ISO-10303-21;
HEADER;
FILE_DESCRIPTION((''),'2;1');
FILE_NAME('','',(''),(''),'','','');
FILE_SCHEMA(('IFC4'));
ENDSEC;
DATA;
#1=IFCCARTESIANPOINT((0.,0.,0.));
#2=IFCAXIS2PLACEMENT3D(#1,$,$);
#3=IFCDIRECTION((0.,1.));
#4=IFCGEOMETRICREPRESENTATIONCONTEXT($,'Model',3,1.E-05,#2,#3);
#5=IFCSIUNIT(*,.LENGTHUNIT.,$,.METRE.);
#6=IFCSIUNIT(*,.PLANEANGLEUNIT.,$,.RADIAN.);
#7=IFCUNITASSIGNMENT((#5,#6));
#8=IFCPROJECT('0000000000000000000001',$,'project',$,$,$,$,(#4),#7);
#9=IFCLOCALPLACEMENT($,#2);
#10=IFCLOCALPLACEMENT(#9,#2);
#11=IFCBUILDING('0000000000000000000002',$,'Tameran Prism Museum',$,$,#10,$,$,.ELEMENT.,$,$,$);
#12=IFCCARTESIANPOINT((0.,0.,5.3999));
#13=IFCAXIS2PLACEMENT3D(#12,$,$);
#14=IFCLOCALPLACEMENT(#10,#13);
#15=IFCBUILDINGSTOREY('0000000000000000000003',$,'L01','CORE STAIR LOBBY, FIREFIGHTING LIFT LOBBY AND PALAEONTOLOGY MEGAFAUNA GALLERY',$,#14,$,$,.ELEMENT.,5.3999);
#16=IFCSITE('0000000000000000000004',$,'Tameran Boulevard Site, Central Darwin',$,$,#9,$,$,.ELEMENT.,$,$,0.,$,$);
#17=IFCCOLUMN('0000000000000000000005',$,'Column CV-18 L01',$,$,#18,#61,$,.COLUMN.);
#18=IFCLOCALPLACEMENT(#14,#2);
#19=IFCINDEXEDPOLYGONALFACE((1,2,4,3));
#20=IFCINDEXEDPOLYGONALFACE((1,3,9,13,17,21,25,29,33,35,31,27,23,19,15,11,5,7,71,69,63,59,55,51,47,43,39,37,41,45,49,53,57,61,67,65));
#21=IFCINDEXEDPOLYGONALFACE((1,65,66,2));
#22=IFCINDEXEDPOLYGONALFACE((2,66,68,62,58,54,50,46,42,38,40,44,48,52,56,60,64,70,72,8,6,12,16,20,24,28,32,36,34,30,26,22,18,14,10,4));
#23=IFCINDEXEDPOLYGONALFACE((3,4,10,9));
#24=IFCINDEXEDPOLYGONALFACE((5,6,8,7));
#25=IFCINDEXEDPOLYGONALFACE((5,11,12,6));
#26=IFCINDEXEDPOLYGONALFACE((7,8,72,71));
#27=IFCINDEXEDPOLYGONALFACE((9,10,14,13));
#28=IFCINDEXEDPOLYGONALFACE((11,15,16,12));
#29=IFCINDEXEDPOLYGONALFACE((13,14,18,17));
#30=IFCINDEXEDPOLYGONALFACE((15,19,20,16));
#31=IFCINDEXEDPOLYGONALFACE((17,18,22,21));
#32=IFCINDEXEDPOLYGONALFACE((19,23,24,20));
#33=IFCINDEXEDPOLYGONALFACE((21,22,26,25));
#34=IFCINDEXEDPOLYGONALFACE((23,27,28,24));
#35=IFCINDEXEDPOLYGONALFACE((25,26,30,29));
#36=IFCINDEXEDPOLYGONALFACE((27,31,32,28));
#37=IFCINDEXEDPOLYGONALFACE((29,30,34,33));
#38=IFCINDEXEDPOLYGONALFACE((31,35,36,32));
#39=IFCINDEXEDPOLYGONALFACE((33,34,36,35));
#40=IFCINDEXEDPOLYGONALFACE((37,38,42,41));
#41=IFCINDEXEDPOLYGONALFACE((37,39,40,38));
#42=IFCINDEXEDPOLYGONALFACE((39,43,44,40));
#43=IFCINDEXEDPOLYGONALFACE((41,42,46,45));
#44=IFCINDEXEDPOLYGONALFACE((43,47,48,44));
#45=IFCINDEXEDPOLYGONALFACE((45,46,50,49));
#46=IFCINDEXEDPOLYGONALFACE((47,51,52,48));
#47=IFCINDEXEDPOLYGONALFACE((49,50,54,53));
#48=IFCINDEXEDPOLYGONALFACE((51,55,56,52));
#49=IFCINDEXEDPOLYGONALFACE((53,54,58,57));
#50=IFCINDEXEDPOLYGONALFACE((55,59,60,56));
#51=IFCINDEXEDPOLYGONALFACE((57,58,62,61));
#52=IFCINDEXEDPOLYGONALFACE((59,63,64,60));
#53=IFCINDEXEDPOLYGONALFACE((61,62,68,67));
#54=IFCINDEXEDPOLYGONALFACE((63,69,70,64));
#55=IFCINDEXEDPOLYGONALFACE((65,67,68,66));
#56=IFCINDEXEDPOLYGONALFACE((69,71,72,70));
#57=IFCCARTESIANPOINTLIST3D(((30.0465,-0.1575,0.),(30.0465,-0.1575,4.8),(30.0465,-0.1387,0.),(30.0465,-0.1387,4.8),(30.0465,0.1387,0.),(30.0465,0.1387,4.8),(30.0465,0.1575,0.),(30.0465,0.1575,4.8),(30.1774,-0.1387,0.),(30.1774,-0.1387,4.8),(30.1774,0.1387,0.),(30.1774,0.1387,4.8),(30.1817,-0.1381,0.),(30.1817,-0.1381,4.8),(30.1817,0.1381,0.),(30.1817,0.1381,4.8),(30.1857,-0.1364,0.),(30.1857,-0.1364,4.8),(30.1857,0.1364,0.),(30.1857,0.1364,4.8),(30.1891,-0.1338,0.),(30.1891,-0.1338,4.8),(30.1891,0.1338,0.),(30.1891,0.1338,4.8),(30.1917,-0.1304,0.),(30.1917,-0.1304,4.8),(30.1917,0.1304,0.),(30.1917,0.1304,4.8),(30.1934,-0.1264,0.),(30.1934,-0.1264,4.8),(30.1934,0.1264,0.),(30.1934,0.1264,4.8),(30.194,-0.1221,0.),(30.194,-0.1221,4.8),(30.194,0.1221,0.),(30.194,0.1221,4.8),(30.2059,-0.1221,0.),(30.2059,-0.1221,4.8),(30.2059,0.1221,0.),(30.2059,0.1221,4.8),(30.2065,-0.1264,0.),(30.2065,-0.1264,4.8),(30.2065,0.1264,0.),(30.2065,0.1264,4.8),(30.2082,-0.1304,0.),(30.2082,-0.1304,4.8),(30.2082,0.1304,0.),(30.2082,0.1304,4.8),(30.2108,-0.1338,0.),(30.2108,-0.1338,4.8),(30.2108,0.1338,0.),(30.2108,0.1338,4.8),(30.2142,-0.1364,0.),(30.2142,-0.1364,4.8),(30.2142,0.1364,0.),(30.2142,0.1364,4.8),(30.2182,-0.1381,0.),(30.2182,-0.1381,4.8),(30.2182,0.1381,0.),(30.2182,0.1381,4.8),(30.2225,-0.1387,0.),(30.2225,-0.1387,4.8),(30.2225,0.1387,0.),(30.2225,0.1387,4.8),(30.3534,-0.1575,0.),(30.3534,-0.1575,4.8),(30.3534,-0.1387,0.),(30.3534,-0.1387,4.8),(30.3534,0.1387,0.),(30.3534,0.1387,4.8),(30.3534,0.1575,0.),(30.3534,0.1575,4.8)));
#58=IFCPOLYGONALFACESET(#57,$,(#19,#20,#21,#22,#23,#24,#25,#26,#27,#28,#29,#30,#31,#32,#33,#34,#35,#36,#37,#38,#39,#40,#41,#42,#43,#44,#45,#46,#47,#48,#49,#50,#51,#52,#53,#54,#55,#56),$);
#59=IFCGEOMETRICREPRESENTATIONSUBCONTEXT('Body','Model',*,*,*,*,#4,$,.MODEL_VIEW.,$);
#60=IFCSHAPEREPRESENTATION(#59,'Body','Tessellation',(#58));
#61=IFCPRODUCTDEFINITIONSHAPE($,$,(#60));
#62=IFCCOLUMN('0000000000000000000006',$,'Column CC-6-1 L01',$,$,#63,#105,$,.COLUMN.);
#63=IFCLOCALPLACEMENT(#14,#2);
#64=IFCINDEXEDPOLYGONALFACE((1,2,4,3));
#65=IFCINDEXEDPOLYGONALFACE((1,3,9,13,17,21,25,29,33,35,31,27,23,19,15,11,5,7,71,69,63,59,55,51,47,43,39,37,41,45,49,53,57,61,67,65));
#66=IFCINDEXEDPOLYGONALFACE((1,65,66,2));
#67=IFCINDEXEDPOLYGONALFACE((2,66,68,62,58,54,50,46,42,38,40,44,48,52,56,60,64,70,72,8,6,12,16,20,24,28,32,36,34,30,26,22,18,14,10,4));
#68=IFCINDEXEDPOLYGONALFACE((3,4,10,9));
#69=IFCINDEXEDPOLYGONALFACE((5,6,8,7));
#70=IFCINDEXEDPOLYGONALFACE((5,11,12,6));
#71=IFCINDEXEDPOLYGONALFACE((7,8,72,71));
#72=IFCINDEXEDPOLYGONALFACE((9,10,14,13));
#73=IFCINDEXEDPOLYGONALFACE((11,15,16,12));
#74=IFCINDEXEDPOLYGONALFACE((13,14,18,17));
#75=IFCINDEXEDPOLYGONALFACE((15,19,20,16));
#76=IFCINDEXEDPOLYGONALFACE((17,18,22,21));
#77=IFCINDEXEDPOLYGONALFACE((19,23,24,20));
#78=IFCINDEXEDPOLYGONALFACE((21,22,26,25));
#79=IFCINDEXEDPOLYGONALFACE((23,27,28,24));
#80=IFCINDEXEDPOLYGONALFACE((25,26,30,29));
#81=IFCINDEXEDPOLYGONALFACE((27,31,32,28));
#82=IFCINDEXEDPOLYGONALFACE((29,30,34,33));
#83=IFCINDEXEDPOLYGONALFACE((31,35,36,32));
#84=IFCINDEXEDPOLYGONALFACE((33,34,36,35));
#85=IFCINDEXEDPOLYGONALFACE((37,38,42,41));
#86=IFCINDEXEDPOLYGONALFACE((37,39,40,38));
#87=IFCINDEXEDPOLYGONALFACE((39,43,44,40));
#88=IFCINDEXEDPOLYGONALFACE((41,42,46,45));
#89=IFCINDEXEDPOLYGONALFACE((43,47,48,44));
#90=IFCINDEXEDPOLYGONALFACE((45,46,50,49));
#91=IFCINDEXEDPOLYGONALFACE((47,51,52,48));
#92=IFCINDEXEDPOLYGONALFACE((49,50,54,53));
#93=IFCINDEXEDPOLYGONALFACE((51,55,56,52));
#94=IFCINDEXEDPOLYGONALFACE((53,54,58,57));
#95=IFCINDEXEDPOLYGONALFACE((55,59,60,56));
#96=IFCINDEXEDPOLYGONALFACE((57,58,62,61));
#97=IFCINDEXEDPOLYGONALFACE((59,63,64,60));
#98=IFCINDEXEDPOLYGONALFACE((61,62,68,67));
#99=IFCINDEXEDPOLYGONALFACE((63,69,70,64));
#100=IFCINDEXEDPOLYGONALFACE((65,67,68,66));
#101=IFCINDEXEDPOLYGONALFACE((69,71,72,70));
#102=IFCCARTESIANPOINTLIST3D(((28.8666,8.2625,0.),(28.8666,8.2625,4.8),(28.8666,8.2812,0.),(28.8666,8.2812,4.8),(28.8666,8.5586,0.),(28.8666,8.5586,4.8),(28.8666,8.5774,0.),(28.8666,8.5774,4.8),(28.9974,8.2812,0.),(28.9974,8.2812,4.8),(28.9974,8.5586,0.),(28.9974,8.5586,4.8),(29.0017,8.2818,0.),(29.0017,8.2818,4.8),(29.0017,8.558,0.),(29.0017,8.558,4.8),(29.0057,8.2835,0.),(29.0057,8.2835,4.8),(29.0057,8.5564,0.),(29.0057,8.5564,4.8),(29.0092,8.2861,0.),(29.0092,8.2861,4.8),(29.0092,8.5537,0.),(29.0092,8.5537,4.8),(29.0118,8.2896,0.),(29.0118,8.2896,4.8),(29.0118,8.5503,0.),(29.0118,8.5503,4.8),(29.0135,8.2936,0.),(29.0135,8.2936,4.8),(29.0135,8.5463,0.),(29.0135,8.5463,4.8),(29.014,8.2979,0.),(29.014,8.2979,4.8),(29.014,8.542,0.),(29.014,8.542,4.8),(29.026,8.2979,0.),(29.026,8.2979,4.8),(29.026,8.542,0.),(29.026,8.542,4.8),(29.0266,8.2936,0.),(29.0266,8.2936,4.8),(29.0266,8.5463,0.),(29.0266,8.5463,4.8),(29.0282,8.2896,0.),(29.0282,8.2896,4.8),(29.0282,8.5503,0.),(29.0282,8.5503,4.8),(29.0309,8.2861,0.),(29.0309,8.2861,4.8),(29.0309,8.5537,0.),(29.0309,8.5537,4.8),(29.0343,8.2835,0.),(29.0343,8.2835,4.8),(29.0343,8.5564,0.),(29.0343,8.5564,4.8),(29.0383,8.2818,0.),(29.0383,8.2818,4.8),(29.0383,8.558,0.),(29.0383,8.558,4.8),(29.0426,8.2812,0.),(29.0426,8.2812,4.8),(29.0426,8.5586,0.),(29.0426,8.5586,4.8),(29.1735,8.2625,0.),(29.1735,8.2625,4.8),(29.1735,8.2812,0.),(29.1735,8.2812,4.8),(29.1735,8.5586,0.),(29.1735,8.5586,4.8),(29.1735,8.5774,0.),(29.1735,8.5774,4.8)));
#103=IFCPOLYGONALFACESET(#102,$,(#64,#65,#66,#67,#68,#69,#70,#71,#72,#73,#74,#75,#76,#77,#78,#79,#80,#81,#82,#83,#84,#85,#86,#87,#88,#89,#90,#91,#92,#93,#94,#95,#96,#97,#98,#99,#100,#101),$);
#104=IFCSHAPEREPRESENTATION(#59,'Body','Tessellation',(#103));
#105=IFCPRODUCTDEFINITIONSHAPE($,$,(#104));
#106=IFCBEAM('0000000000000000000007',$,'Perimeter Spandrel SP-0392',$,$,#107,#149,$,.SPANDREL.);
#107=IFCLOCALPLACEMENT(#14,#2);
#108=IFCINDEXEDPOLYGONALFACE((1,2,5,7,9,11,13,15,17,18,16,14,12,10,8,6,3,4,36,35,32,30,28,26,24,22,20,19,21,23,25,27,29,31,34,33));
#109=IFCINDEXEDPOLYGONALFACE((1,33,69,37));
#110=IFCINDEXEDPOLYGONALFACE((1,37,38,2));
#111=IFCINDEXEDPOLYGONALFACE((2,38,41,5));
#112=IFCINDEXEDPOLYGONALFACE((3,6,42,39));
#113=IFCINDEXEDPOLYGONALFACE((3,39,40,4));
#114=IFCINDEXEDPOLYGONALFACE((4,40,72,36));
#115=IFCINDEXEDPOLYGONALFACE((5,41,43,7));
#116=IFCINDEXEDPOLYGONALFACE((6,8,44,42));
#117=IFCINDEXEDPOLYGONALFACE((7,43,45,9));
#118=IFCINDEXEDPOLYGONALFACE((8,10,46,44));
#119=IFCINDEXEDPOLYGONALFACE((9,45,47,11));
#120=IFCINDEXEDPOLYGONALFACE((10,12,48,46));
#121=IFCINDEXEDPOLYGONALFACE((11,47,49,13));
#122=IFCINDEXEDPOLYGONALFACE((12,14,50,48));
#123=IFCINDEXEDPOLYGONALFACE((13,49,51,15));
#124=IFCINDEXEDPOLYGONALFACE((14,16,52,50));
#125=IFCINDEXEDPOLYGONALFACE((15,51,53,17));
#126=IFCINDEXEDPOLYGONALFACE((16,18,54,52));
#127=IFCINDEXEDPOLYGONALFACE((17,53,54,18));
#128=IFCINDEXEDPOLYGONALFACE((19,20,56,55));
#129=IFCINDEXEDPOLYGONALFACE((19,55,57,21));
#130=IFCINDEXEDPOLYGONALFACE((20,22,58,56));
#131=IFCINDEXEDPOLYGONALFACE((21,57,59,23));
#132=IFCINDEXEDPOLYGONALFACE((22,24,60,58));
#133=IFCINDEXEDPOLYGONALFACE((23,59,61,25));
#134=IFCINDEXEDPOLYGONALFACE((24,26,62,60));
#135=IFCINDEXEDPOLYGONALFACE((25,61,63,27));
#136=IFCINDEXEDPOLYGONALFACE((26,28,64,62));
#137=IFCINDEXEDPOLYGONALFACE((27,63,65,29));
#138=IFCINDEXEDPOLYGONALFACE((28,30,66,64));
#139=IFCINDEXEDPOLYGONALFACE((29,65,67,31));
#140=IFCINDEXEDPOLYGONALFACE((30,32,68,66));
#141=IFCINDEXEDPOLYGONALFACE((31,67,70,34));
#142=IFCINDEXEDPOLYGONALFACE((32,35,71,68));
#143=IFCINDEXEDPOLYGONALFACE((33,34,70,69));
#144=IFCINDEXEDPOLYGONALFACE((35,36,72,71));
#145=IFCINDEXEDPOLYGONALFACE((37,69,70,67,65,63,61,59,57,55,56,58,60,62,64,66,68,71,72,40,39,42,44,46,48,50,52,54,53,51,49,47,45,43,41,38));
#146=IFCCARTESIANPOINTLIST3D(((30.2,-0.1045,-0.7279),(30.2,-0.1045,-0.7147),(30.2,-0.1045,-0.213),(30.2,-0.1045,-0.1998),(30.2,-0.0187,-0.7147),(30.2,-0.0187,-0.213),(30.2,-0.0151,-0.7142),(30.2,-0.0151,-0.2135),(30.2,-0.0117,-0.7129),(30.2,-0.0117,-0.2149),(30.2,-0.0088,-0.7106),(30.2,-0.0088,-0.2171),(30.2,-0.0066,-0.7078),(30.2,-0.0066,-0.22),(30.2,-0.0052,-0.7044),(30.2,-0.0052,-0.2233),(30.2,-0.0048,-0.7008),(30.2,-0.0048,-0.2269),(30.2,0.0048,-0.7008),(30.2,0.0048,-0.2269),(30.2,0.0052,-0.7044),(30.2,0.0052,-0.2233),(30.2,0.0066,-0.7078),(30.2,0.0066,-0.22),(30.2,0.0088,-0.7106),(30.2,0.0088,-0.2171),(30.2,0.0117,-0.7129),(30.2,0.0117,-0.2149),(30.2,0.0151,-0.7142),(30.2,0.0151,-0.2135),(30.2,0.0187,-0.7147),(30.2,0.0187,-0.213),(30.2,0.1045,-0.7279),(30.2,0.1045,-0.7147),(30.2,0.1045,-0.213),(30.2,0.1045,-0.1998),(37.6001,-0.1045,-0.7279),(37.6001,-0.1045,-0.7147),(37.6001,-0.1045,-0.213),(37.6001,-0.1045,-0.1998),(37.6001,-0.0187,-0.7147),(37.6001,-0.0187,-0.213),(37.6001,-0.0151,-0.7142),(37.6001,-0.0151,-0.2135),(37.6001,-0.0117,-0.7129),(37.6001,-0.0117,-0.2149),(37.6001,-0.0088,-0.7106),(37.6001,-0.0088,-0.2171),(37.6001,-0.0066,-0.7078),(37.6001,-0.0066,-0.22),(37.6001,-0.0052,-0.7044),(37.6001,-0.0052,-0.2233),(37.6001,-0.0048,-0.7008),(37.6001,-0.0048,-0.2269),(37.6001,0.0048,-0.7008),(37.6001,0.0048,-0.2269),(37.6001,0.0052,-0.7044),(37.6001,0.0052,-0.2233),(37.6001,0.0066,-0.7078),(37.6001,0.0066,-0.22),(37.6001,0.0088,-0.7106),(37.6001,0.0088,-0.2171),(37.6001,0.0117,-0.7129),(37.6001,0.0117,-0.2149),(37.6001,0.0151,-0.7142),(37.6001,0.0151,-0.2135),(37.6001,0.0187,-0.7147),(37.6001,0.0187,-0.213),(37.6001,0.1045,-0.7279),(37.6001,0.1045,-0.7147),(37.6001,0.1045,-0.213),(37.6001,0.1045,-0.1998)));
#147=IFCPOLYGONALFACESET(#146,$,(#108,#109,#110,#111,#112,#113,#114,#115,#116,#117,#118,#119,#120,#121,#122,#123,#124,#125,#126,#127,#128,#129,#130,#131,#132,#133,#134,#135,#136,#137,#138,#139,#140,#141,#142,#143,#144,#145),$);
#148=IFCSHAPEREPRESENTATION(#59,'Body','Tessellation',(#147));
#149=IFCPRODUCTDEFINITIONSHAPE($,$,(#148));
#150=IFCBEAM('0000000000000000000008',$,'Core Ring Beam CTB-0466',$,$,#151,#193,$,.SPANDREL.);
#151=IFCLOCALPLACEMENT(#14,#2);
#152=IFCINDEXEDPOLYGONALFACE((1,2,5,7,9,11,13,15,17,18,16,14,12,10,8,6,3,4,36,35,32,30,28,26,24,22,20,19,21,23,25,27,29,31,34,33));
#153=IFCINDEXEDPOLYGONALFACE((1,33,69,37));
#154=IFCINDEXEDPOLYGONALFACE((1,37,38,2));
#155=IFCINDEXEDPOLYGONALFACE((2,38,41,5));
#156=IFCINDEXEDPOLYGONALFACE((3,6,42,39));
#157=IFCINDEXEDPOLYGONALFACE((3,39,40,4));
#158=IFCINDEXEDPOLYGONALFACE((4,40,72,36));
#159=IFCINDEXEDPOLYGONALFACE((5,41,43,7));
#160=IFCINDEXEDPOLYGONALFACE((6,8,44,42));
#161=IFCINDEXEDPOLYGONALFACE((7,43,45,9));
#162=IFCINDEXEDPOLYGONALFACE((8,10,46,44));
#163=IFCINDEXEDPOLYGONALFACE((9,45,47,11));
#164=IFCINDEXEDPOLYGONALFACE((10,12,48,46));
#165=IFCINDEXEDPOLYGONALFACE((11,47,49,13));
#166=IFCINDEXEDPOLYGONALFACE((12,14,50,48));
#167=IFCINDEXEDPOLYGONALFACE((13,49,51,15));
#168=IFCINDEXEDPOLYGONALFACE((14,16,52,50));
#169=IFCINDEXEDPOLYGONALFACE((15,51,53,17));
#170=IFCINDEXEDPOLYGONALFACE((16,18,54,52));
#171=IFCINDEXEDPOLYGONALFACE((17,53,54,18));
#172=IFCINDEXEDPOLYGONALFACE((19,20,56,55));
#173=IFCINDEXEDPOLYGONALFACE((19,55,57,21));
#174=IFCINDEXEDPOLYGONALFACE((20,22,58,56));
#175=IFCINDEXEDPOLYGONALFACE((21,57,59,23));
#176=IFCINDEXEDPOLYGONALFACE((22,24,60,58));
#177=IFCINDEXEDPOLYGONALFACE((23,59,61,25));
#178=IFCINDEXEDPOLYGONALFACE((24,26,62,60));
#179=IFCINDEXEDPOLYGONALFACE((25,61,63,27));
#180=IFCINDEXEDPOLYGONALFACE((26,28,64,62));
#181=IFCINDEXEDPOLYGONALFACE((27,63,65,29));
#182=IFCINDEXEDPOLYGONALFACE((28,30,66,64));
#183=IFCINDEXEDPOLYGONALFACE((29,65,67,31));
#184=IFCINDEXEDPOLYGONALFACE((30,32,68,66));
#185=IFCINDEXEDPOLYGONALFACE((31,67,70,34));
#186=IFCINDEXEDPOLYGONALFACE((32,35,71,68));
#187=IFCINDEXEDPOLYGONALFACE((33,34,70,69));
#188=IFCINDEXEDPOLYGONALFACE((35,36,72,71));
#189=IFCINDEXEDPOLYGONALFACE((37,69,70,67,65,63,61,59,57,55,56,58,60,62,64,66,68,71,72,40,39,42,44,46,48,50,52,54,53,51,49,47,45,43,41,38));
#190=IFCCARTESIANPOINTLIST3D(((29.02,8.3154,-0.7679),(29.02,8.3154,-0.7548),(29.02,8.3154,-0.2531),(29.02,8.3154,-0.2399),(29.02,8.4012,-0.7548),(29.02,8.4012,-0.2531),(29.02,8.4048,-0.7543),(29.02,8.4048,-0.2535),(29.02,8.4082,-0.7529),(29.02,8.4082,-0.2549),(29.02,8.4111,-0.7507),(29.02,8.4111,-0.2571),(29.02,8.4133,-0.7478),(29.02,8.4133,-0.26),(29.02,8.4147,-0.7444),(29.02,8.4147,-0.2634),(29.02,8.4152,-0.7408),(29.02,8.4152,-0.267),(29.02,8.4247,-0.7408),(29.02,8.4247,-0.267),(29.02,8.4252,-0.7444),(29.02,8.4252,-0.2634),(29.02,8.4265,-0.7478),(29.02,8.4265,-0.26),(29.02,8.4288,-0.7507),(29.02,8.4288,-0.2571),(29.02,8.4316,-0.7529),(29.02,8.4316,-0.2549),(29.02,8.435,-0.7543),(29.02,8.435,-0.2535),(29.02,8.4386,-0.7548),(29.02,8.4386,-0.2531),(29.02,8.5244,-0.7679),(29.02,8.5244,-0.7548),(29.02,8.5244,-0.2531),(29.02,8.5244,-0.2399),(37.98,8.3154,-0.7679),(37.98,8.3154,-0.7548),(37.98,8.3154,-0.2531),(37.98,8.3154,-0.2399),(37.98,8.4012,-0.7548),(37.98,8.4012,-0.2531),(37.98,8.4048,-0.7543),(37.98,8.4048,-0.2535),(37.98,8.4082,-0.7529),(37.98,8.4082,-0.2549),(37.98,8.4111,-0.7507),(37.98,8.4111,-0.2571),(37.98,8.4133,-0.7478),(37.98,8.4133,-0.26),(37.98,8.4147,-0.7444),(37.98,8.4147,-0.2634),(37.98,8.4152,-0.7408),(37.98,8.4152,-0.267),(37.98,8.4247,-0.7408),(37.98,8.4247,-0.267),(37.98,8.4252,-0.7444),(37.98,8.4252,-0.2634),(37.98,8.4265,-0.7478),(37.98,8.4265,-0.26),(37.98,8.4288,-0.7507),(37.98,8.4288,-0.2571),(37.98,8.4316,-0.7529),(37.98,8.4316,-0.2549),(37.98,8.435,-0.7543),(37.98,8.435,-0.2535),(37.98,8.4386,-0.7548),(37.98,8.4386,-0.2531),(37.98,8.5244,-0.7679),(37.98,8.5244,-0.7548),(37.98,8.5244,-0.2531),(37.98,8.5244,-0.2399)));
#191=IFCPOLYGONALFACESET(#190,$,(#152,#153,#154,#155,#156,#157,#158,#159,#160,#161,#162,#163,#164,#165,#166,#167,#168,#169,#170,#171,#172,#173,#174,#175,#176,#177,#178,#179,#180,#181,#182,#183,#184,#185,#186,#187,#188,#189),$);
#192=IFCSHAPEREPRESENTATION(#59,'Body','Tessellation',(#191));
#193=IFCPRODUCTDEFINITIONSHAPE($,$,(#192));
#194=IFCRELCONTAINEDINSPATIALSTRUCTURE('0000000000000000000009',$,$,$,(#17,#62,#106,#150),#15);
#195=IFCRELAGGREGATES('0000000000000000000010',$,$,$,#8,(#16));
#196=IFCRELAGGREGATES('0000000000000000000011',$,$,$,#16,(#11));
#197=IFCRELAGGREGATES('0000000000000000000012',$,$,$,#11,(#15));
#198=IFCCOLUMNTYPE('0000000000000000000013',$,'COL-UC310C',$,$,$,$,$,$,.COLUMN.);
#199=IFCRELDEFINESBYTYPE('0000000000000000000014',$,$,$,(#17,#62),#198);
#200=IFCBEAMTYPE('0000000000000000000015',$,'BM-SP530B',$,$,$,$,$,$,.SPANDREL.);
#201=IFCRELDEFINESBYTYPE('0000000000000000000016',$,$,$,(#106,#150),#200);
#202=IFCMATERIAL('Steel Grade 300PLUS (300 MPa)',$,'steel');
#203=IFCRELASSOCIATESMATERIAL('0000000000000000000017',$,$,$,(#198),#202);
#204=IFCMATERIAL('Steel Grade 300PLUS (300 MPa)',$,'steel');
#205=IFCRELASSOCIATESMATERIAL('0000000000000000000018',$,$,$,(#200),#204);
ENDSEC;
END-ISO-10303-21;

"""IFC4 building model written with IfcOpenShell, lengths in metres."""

from ifc_helpers import new_model, si_unit, direction, frame, origin, origin_2d, place, context, subcontext, project, spatial, i_section, extrude, material, material_profile, profile_set, type_object, element, save


model = new_model("IFC4")

# Units and contexts
model_context = context("Model", 3, precision=1e-05, world=origin(), true_north=direction((0.0, 1.0)))
body_context = subcontext(model_context, "Body", "Model", "MODEL_VIEW")
ifc_project = project(units=[si_unit("LENGTHUNIT", "METRE"), si_unit("PLANEANGLEUNIT", "RADIAN")], contexts=[model_context])

# Site, building, storey
site_placement = place(None, origin())
site = spatial("IfcSite", under=ifc_project, at=site_placement, Name="Tameran Boulevard Site, Central Darwin", CompositionType="ELEMENT", RefElevation=0.0)
building_placement = place(site_placement, origin())
building = spatial("IfcBuilding", under=site, at=building_placement, Name="Tameran Prism Museum", CompositionType="ELEMENT")
storey_placement = place(building_placement, frame((0.0, 0.0, 5.3999)))
storey = spatial("IfcBuildingStorey", under=building, at=storey_placement, Name="L01", Description="CORE STAIR LOBBY, FIREFIGHTING LIFT LOBBY AND PALAEONTOLOGY MEGAFAUNA GALLERY", CompositionType="ELEMENT", Elevation=5.3999)

# Columns
ifc_material_1 = material(Name="Steel Grade 300PLUS (300 MPa)", Category="steel")
ifc_material_profile_1 = material_profile(ifc_material_1, i_section(OverallWidth=0.3069, OverallDepth=0.3149, WebThickness=0.012, FlangeThickness=0.0188, FilletRadius=0.0166, at=origin_2d()))
ifc_profile_set_1 = profile_set([ifc_material_profile_1])
column_type = type_object("IfcColumnType", Name="COL-UC310C", PredefinedType="COLUMN", material=ifc_profile_set_1)
for number, where, z_axis, x_axis, name in (
    (1, (30.2, 0.0, 0.0), (0.0, 0.0, 1.0), (1.0, 0.0, 0.0), "Column CV-18 L01"),
    (2, (29.02, 8.4199, 0.0), (0.0, 0.0, 1.0), (1.0, 0.0, 0.0), "Column CC-6-1 L01"),
):
    element("IfcColumn", number, at=place(storey_placement, frame(where, z_axis=z_axis, x_axis=x_axis)), inside=storey, type_object=column_type, Name=name, PredefinedType="COLUMN", context=body_context, shape_type="SweptSolid", body=[
        extrude(i_section(OverallWidth=0.3069, OverallDepth=0.3149, WebThickness=0.012, FlangeThickness=0.0188, FilletRadius=0.0166, at=origin_2d()), origin(), (0.0, 0.0, 1.0), 4.8),
    ])

# Beams
ifc_material_2 = material(Name="Steel Grade 300PLUS (300 MPa)", Category="steel")
ifc_material_profile_2 = material_profile(ifc_material_2, i_section(OverallWidth=0.209, OverallDepth=0.5281, WebThickness=0.0095, FlangeThickness=0.0132, FilletRadius=0.0139, at=origin_2d()))
ifc_profile_set_2 = profile_set([ifc_material_profile_2])
beam_type = type_object("IfcBeamType", Name="BM-SP530B", PredefinedType="SPANDREL", material=ifc_profile_set_2)
beam_1_placement = place(storey_placement, frame((30.2, 0.0, -0.4639), z_axis=(1.0, 0.0, 0.0), x_axis=(0.0, 1.0, 0.0)))
element("IfcBeam", 3, at=beam_1_placement, inside=storey, type_object=beam_type, Name="Perimeter Spandrel SP-0392", PredefinedType="SPANDREL", context=body_context, shape_type="SweptSolid", body=[
    extrude(i_section(OverallWidth=0.209, OverallDepth=0.5281, WebThickness=0.0095, FlangeThickness=0.0132, FilletRadius=0.0139, at=origin_2d()), origin(), (0.0, 0.0, 1.0), 7.4001),
])
beam_2_placement = place(storey_placement, frame((29.02, 8.4199, -0.5039), z_axis=(1.0, 0.0, 0.0), x_axis=(0.0, 1.0, 0.0)))
element("IfcBeam", 4, at=beam_2_placement, inside=storey, type_object=beam_type, Name="Core Ring Beam CTB-0466", PredefinedType="SPANDREL", context=body_context, shape_type="SweptSolid", body=[
    extrude(i_section(OverallWidth=0.209, OverallDepth=0.5281, WebThickness=0.0095, FlangeThickness=0.0132, FilletRadius=0.0139, at=origin_2d()), origin(), (0.0, 0.0, 1.0), 8.96),
])

save(model, "model.ifc")
